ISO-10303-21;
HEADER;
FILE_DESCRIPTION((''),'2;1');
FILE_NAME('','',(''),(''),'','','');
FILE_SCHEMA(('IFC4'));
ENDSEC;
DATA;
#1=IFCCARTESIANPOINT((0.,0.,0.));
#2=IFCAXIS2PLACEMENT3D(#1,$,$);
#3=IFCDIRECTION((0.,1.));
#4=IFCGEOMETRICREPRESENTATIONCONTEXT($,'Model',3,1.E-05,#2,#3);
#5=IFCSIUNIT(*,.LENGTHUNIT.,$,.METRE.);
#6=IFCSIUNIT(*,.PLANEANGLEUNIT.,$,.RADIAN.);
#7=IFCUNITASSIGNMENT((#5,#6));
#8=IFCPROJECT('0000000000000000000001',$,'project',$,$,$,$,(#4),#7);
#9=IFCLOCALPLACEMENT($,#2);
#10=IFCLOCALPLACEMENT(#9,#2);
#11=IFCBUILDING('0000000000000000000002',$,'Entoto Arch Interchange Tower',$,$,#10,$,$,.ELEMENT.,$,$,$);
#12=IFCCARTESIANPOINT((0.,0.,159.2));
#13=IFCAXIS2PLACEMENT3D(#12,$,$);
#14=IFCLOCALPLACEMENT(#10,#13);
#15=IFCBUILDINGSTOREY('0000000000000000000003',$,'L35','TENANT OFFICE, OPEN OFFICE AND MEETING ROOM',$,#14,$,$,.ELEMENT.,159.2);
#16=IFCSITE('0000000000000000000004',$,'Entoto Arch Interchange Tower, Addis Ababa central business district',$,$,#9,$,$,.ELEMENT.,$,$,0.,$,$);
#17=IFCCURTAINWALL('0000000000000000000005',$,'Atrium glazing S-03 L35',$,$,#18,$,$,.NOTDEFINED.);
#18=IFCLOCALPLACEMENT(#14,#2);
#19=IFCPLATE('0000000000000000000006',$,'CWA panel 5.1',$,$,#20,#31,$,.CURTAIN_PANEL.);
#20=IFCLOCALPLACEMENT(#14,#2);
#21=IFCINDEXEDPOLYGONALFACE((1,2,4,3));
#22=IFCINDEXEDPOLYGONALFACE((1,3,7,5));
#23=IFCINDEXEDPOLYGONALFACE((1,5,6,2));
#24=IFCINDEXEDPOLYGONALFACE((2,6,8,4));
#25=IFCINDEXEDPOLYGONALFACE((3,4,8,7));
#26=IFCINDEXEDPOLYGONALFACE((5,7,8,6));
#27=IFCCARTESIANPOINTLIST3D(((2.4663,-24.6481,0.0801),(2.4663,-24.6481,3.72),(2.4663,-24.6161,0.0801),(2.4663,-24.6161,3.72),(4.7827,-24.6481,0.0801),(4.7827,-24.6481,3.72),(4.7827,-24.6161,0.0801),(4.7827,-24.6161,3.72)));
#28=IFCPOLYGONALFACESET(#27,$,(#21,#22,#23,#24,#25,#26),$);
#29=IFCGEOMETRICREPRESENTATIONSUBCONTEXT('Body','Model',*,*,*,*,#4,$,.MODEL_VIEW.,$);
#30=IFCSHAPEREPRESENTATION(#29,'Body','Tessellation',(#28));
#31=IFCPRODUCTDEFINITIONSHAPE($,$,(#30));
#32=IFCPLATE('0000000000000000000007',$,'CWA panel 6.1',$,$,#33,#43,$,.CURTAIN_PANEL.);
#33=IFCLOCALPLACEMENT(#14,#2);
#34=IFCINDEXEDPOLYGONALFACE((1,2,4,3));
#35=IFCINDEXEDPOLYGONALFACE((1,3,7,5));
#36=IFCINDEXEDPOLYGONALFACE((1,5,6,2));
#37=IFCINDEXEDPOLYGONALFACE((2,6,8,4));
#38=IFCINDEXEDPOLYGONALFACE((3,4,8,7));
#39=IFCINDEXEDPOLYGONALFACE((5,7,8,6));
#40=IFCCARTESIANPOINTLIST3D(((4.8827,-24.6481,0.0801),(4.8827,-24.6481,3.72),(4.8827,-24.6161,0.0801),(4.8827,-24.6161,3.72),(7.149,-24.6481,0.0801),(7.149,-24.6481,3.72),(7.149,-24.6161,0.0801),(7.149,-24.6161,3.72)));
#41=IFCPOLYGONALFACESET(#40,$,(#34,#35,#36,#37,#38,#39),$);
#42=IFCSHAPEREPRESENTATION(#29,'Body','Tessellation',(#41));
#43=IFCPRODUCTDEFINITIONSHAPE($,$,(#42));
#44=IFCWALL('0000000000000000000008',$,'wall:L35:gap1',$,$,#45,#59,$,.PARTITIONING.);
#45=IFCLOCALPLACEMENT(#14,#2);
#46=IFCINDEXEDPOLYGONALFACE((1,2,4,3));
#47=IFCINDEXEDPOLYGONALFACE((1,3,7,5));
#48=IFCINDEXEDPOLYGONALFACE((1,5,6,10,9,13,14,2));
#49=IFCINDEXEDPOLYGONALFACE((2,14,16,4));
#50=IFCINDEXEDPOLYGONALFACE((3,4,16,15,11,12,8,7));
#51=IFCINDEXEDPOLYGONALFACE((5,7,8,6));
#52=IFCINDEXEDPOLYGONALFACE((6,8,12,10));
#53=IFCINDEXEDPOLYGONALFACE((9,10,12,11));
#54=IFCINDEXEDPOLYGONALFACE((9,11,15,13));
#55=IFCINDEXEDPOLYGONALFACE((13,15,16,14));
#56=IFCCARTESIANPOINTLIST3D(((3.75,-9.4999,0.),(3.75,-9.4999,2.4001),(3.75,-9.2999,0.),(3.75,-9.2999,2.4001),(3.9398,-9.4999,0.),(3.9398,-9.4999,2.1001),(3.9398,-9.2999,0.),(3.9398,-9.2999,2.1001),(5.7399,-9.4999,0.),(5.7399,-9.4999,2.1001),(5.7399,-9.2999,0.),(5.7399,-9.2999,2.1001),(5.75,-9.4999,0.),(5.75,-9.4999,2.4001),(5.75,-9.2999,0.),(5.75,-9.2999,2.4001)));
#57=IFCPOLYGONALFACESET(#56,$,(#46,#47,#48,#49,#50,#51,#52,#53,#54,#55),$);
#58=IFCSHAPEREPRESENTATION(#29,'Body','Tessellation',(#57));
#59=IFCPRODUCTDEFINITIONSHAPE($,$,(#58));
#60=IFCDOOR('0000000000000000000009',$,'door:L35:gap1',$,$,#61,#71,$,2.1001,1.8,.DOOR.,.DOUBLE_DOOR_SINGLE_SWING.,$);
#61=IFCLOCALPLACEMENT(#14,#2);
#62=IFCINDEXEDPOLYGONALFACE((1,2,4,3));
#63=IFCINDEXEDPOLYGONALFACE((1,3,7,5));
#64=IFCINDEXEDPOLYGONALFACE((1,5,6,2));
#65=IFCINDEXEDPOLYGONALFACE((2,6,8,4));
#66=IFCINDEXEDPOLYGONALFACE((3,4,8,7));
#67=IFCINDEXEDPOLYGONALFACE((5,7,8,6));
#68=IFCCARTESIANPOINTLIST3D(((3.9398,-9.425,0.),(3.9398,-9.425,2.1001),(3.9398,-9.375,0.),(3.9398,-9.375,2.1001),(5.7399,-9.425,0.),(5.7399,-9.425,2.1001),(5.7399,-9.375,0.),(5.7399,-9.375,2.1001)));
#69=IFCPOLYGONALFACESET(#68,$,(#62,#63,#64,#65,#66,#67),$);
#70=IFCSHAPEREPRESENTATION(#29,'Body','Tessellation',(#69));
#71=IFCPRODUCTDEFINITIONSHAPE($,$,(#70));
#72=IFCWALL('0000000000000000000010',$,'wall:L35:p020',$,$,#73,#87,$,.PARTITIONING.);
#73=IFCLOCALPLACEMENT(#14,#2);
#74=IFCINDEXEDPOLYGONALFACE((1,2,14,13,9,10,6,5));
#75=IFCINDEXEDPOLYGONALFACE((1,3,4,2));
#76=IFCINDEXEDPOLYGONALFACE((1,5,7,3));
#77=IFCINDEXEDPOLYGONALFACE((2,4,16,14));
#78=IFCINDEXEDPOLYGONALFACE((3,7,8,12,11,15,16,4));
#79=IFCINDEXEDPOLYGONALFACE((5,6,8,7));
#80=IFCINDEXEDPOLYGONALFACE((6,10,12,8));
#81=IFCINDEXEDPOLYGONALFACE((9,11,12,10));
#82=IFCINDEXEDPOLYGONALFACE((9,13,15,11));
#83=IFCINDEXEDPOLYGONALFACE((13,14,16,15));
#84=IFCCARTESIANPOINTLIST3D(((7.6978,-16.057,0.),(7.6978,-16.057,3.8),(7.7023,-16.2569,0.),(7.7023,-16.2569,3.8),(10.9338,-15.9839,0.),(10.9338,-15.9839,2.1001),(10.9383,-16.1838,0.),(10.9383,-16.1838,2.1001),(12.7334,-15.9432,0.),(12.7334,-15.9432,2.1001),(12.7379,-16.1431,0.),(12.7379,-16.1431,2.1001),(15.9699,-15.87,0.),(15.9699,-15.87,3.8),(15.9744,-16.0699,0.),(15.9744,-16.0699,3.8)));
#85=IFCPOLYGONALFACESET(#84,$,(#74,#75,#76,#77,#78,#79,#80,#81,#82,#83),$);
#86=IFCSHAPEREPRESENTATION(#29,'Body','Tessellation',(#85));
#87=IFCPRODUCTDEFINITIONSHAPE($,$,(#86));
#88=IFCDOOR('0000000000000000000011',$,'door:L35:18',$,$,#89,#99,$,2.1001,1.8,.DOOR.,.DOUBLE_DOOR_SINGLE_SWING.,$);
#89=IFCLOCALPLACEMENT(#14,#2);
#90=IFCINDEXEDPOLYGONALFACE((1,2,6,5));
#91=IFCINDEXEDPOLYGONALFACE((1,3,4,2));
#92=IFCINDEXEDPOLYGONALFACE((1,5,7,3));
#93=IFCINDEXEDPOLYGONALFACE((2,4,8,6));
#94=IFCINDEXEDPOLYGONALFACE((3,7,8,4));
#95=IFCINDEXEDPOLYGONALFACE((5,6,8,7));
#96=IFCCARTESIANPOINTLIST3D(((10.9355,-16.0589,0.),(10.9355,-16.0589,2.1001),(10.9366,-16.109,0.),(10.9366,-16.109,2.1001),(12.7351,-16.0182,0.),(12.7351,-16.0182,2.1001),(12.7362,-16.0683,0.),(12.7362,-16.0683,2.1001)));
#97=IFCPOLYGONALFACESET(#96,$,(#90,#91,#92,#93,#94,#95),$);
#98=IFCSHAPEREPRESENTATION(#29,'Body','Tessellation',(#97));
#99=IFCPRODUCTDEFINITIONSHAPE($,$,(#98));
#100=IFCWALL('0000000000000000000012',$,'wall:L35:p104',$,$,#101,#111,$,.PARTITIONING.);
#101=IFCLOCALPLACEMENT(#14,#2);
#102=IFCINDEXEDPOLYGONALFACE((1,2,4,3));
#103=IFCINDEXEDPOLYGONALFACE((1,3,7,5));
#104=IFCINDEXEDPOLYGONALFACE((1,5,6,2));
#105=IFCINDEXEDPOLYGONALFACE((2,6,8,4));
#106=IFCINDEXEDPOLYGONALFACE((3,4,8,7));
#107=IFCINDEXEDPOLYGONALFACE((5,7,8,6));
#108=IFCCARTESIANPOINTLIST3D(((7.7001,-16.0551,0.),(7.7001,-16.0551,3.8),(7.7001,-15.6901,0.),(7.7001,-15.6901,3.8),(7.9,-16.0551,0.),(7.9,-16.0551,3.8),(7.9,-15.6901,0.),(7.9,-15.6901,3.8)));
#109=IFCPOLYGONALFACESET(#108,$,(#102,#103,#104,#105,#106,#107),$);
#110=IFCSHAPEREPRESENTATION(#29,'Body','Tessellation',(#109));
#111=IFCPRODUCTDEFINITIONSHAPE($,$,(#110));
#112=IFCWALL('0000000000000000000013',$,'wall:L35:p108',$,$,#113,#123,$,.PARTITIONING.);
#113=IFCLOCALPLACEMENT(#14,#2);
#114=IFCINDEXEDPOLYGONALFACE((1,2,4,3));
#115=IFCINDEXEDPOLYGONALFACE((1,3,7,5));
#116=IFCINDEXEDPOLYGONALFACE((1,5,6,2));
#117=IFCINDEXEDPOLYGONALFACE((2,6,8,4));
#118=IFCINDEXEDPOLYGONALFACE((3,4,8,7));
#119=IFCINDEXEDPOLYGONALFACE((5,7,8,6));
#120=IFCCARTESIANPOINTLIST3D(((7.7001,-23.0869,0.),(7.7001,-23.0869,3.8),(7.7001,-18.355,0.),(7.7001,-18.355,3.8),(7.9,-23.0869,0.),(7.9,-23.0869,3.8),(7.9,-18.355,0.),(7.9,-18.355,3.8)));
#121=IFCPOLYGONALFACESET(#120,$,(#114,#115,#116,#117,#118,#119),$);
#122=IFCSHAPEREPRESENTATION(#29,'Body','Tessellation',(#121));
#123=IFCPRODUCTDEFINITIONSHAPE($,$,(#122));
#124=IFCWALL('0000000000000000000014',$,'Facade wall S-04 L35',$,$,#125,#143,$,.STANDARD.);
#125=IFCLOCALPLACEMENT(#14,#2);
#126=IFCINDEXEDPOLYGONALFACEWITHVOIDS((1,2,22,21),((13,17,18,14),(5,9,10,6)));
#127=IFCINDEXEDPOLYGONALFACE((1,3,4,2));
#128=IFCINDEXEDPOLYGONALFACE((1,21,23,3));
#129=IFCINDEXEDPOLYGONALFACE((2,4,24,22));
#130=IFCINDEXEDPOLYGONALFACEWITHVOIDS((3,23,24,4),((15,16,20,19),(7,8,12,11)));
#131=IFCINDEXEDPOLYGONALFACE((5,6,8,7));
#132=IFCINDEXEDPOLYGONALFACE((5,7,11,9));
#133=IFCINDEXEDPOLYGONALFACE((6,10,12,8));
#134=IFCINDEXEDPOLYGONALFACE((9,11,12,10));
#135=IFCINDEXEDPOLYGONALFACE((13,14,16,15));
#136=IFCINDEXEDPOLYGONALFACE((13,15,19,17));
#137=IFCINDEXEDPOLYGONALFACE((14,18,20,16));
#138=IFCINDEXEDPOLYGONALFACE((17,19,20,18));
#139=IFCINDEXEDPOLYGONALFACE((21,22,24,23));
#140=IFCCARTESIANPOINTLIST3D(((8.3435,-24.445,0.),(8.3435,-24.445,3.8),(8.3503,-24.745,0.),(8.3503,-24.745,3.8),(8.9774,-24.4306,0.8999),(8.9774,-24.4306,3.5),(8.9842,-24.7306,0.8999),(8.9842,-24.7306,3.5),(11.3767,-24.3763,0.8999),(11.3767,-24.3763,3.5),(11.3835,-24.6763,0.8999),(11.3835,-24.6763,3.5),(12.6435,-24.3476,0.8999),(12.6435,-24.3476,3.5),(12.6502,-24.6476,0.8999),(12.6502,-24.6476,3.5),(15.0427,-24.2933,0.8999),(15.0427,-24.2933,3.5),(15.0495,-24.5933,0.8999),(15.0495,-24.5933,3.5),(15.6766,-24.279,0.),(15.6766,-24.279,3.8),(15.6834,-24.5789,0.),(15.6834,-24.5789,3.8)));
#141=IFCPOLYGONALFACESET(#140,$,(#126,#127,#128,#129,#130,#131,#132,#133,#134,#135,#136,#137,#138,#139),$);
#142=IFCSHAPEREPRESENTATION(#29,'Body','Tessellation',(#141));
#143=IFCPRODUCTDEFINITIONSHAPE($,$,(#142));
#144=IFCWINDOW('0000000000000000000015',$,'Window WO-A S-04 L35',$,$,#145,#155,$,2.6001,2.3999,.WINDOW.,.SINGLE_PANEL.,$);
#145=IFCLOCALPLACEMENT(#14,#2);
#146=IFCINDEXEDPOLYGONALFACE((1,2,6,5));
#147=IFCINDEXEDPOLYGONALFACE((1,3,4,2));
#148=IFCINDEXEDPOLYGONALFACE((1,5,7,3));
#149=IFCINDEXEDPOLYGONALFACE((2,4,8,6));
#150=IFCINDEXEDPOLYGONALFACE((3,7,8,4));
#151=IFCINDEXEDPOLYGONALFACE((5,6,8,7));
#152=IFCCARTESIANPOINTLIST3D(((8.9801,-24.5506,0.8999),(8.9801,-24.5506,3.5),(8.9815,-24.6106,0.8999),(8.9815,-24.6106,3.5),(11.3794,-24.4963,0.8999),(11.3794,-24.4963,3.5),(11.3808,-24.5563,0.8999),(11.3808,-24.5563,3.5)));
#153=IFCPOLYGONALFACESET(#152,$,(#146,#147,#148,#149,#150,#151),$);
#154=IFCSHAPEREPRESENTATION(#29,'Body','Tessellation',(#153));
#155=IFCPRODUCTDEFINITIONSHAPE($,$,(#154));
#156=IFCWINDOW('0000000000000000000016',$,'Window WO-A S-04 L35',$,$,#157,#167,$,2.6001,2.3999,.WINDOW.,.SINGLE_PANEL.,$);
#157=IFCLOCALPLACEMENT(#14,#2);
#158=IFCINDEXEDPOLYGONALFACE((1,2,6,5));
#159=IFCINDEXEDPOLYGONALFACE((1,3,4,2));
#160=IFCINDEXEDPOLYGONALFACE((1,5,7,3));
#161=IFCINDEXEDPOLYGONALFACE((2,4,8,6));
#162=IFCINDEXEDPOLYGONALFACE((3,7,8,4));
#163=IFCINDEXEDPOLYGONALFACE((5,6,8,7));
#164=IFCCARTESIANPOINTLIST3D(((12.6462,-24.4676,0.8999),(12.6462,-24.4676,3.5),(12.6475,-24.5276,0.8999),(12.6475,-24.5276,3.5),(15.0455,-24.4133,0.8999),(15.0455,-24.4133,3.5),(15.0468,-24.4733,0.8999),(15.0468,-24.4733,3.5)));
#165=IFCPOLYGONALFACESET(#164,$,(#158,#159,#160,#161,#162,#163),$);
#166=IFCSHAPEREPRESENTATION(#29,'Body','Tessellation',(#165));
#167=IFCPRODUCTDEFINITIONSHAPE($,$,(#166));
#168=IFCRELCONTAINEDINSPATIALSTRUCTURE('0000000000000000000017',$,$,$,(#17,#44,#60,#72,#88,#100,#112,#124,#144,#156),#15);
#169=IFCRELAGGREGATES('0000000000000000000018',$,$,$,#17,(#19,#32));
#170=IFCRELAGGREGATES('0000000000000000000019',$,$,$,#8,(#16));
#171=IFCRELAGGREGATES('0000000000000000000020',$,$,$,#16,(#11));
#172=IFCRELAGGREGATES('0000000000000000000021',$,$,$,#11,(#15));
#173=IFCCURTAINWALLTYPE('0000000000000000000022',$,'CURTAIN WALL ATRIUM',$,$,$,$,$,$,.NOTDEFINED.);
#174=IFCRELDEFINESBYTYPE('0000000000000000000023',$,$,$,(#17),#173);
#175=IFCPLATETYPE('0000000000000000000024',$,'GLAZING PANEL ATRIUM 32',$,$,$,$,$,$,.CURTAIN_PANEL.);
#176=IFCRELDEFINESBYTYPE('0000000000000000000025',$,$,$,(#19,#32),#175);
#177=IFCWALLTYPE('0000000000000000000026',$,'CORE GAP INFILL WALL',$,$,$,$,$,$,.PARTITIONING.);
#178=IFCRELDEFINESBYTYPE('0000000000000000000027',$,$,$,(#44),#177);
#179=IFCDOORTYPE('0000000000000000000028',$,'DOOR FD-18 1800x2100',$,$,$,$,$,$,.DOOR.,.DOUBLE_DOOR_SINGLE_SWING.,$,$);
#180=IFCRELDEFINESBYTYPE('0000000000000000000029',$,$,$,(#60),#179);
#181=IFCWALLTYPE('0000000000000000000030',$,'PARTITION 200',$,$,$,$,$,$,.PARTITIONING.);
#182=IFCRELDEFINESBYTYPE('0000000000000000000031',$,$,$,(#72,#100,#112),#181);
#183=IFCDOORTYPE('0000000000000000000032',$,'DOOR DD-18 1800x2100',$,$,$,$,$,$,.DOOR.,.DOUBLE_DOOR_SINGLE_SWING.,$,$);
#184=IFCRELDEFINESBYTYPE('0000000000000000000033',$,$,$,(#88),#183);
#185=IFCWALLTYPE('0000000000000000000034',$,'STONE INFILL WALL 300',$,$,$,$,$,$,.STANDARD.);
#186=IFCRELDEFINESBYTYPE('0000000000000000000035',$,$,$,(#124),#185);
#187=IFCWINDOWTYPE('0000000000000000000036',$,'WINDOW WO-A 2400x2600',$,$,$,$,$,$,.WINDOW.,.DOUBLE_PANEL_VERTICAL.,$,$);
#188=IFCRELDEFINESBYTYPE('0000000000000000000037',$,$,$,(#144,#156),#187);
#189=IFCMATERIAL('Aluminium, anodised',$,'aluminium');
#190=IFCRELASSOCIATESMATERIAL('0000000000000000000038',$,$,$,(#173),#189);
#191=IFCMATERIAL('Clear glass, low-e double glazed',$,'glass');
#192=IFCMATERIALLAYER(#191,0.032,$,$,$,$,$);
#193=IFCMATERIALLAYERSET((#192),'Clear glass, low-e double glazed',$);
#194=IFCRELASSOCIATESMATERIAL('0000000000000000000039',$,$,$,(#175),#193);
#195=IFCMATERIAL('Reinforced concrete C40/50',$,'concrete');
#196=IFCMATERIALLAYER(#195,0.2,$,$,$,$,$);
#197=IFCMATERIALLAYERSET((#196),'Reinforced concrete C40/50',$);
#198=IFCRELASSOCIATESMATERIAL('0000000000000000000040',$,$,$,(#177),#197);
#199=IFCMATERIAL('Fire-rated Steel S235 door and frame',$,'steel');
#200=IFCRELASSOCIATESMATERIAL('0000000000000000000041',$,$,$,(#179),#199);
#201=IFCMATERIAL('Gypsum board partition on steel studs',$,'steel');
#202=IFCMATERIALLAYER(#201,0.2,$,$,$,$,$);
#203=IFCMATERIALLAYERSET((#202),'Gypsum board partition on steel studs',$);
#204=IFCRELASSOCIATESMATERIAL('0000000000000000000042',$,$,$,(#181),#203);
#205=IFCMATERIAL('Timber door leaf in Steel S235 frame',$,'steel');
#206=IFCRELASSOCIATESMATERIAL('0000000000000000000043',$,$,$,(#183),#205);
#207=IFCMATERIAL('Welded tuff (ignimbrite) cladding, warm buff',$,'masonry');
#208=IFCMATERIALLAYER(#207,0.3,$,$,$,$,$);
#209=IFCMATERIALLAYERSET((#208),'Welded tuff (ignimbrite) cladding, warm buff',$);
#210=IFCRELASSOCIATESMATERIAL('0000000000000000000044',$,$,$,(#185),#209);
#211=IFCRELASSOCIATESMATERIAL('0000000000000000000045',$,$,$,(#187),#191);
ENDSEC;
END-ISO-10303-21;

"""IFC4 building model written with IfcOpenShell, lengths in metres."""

from ifc_helpers import new_model, si_unit, direction, frame, frame_2d, origin, origin_2d, place, context, subcontext, project, spatial, rectangle, extrude, material, layer, layer_set, type_object, element, fill, aggregate, save


model = new_model("IFC4")

# Units and contexts
model_context = context("Model", 3, precision=1e-05, world=origin(), true_north=direction((0.0, 1.0)))
body_context = subcontext(model_context, "Body", "Model", "MODEL_VIEW")
ifc_project = project(units=[si_unit("LENGTHUNIT", "METRE"), si_unit("PLANEANGLEUNIT", "RADIAN")], contexts=[model_context])

# Site, building, storey
site_placement = place(None, origin())
site = spatial("IfcSite", under=ifc_project, at=site_placement, Name="Entoto Arch Interchange Tower, Addis Ababa central business district", CompositionType="ELEMENT", RefElevation=0.0)
building_placement = place(site_placement, origin())
building = spatial("IfcBuilding", under=site, at=building_placement, Name="Entoto Arch Interchange Tower", CompositionType="ELEMENT")
storey_placement = place(building_placement, frame((0.0, 0.0, 159.2)))
storey = spatial("IfcBuildingStorey", under=building, at=storey_placement, Name="L35", Description="TENANT OFFICE, OPEN OFFICE AND MEETING ROOM", CompositionType="ELEMENT", Elevation=159.2)

# Curtain wall, plates
ifc_material_1 = material(Name="Aluminium, anodised", Category="aluminium")
curtain_wall_type = type_object("IfcCurtainWallType", Name="CURTAIN WALL ATRIUM", PredefinedType="NOTDEFINED", material=ifc_material_1)
curtain_wall_placement = place(storey_placement, origin())
curtain_wall = element("IfcCurtainWall", 1, at=curtain_wall_placement, inside=storey, type_object=curtain_wall_type, Name="Atrium glazing S-03 L35", PredefinedType="NOTDEFINED")
ifc_material_2 = material(Name="Clear glass, low-e double glazed", Category="glass")
ifc_layer_1 = layer(ifc_material_2, 0.032)
ifc_layer_set_1 = layer_set([ifc_layer_1], Name="Clear glass, low-e double glazed")
plate_type = type_object("IfcPlateType", Name="GLAZING PANEL ATRIUM 32", PredefinedType="CURTAIN_PANEL", material=ifc_layer_set_1)
plate_1_placement = place(storey_placement, frame((3.6245, -24.6321, 0.0801), z_axis=(0.0, 0.0, 1.0), x_axis=(1.0, 0.0, 0.0)))
plate_1 = element("IfcPlate", 2, at=plate_1_placement, type_object=plate_type, Name="CWA panel 5.1", PredefinedType="CURTAIN_PANEL", context=body_context, shape_type="SweptSolid", body=[
    extrude(rectangle(XDim=2.3164, YDim=0.032, at=origin_2d()), origin(), (0.0, 0.0, 1.0), 3.6399),
])
plate_2_placement = place(storey_placement, frame((6.0159, -24.6321, 0.0801), z_axis=(0.0, 0.0, 1.0), x_axis=(1.0, 0.0, 0.0)))
plate_2 = element("IfcPlate", 3, at=plate_2_placement, type_object=plate_type, Name="CWA panel 6.1", PredefinedType="CURTAIN_PANEL", context=body_context, shape_type="SweptSolid", body=[
    extrude(rectangle(XDim=2.2664, YDim=0.032, at=origin_2d()), origin(), (0.0, 0.0, 1.0), 3.6399),
])
aggregate(curtain_wall, [plate_1, plate_2])

# Walls, openings, doors
ifc_material_3 = material(Name="Reinforced concrete C40/50", Category="concrete")
ifc_layer_2 = layer(ifc_material_3, 0.2)
ifc_layer_set_2 = layer_set([ifc_layer_2], Name="Reinforced concrete C40/50")
wall_type_1 = type_object("IfcWallType", Name="CORE GAP INFILL WALL", PredefinedType="PARTITIONING", material=ifc_layer_set_2)
wall_1_placement = place(storey_placement, frame((3.75, -9.3999, 0.0), z_axis=(0.0, 0.0, 1.0), x_axis=(1.0, 0.0, 0.0)))
wall_1 = element("IfcWall", 4, at=wall_1_placement, inside=storey, type_object=wall_type_1, Name="wall:L35:gap1", PredefinedType="PARTITIONING", context=body_context, shape_type="SweptSolid", body=[
    extrude(rectangle(XDim=2.0, YDim=0.2, at=frame_2d((1.0, 0.0))), origin(), (0.0, 0.0, 1.0), 2.4001),
])
opening_1_placement = place(wall_1_placement, frame((0.1899, 0.0, 0.0)))
opening_1 = element("IfcOpeningElement", 5, at=opening_1_placement, cuts=wall_1, PredefinedType="OPENING", context=body_context, shape_type="SweptSolid", body=[
    extrude(rectangle(XDim=1.8, YDim=2.1001, at=frame_2d((0.8999, 1.05))), frame((0.0, 0.1099, 0.0), z_axis=(0.0, -1.0, 0.0), x_axis=(1.0, 0.0, 0.0)), (0.0, 0.0, 1.0), 0.22),
])
ifc_material_4 = material(Name="Fire-rated Steel S235 door and frame", Category="steel")
door_type_1 = type_object("IfcDoorType", Name="DOOR FD-18 1800x2100", OperationType="DOUBLE_DOOR_SINGLE_SWING", PredefinedType="DOOR", material=ifc_material_4)
door_1_placement = place(opening_1_placement, origin())
door_1 = element("IfcDoor", 6, at=door_1_placement, inside=storey, type_object=door_type_1, Name="door:L35:gap1", OperationType="DOUBLE_DOOR_SINGLE_SWING", OverallHeight=2.1001, OverallWidth=1.8, PredefinedType="DOOR", context=body_context, shape_type="SweptSolid", body=[
    extrude(rectangle(XDim=1.8, YDim=2.1001, at=frame_2d((0.8999, 1.05))), frame((0.0, 0.0249, 0.0), z_axis=(0.0, -1.0, 0.0), x_axis=(1.0, 0.0, 0.0)), (0.0, 0.0, 1.0), 0.05),
])
fill(opening_1, door_1)
ifc_material_5 = material(Name="Gypsum board partition on steel studs", Category="steel")
ifc_layer_3 = layer(ifc_material_5, 0.2)
ifc_layer_set_3 = layer_set([ifc_layer_3], Name="Gypsum board partition on steel studs")
wall_type_2 = type_object("IfcWallType", Name="PARTITION 200", PredefinedType="PARTITIONING", material=ifc_layer_set_3)
wall_2_placement = place(storey_placement, frame((7.7, -16.157, 0.0), z_axis=(0.0, 0.0, 1.0), x_axis=(0.999745, 0.022602, 0.0)))
wall_2 = element("IfcWall", 7, at=wall_2_placement, inside=storey, type_object=wall_type_2, Name="wall:L35:p020", PredefinedType="PARTITIONING", context=body_context, shape_type="SweptSolid", body=[
    extrude(rectangle(XDim=8.2742, YDim=0.2, at=frame_2d((4.1372, 0.0))), origin(), (0.0, 0.0, 1.0), 3.8),
])
opening_2_placement = place(wall_2_placement, frame((3.2371, 0.0, 0.0)))
opening_2 = element("IfcOpeningElement", 8, at=opening_2_placement, cuts=wall_2, PredefinedType="OPENING", context=body_context, shape_type="SweptSolid", body=[
    extrude(rectangle(XDim=1.8, YDim=2.1001, at=frame_2d((0.8999, 1.05))), frame((0.0, 0.1099, 0.0), z_axis=(0.0, -1.0, 0.0), x_axis=(1.0, 0.0, 0.0)), (0.0, 0.0, 1.0), 0.22),
])
ifc_material_6 = material(Name="Timber door leaf in Steel S235 frame", Category="steel")
door_type_2 = type_object("IfcDoorType", Name="DOOR DD-18 1800x2100", OperationType="DOUBLE_DOOR_SINGLE_SWING", PredefinedType="DOOR", material=ifc_material_6)
door_2_placement = place(opening_2_placement, origin())
door_2 = element("IfcDoor", 9, at=door_2_placement, inside=storey, type_object=door_type_2, Name="door:L35:18", OperationType="DOUBLE_DOOR_SINGLE_SWING", OverallHeight=2.1001, OverallWidth=1.8, PredefinedType="DOOR", context=body_context, shape_type="SweptSolid", body=[
    extrude(rectangle(XDim=1.8, YDim=2.1001, at=frame_2d((0.8999, 1.05))), frame((0.0, 0.0249, 0.0), z_axis=(0.0, -1.0, 0.0), x_axis=(1.0, 0.0, 0.0)), (0.0, 0.0, 1.0), 0.05),
])
fill(opening_2, door_2)

# Walls
wall_3_placement = place(storey_placement, frame((7.8, -15.6899, 0.0), z_axis=(0.0, 0.0, 1.0), x_axis=(0.0, -1.0, 0.0)))
element("IfcWall", 10, at=wall_3_placement, inside=storey, type_object=wall_type_2, Name="wall:L35:p104", PredefinedType="PARTITIONING", context=body_context, shape_type="SweptSolid", body=[
    extrude(rectangle(XDim=0.365, YDim=0.2, at=frame_2d((0.1826, 0.0))), origin(), (0.0, 0.0, 1.0), 3.8),
])
wall_4_placement = place(storey_placement, frame((7.8, -18.355, 0.0), z_axis=(0.0, 0.0, 1.0), x_axis=(0.0, -1.0, 0.0)))
element("IfcWall", 11, at=wall_4_placement, inside=storey, type_object=wall_type_2, Name="wall:L35:p108", PredefinedType="PARTITIONING", context=body_context, shape_type="SweptSolid", body=[
    extrude(rectangle(XDim=4.7319, YDim=0.2, at=frame_2d((2.366, 0.0))), origin(), (0.0, 0.0, 1.0), 3.8),
])

# Wall, openings, windows
ifc_material_7 = material(Name="Welded tuff (ignimbrite) cladding, warm buff", Category="masonry")
ifc_layer_4 = layer(ifc_material_7, 0.3)
ifc_layer_set_4 = layer_set([ifc_layer_4], Name="Welded tuff (ignimbrite) cladding, warm buff")
wall_type_3 = type_object("IfcWallType", Name="STONE INFILL WALL 300", PredefinedType="STANDARD", material=ifc_layer_set_4)
wall_5_placement = place(storey_placement, frame((8.3469, -24.595, 0.0), z_axis=(0.0, 0.0, 1.0), x_axis=(0.999744, 0.022634, 0.0)))
wall_5 = element("IfcWall", 12, at=wall_5_placement, inside=storey, type_object=wall_type_3, Name="Facade wall S-04 L35", PredefinedType="STANDARD", context=body_context, shape_type="SweptSolid", body=[
    extrude(rectangle(XDim=7.335, YDim=0.3, at=frame_2d((3.6675, 0.0))), origin(), (0.0, 0.0, 1.0), 3.8),
])
opening_3_placement = place(wall_5_placement, frame((0.634, 0.0, 0.8999)))
opening_3 = element("IfcOpeningElement", 13, at=opening_3_placement, cuts=wall_5, PredefinedType="OPENING", context=body_context, shape_type="SweptSolid", body=[
    extrude(rectangle(XDim=2.3999, YDim=2.6001, at=frame_2d((1.2, 1.3))), frame((0.0, 0.1602, 0.0), z_axis=(0.0, -1.0, 0.0), x_axis=(1.0, 0.0, 0.0)), (0.0, 0.0, 1.0), 0.3201),
])
opening_4_placement = place(wall_5_placement, frame((4.301, 0.0, 0.8999)))
opening_4 = element("IfcOpeningElement", 14, at=opening_4_placement, cuts=wall_5, PredefinedType="OPENING", context=body_context, shape_type="SweptSolid", body=[
    extrude(rectangle(XDim=2.3999, YDim=2.6001, at=frame_2d((1.2, 1.3))), frame((0.0, 0.1602, 0.0), z_axis=(0.0, -1.0, 0.0), x_axis=(1.0, 0.0, 0.0)), (0.0, 0.0, 1.0), 0.3201),
])
window_type = type_object("IfcWindowType", Name="WINDOW WO-A 2400x2600", PartitioningType="DOUBLE_PANEL_VERTICAL", PredefinedType="WINDOW", material=ifc_material_2)
window_1_placement = place(opening_3_placement, origin())
window_1 = element("IfcWindow", 15, at=window_1_placement, inside=storey, type_object=window_type, Name="Window WO-A S-04 L35", OverallHeight=2.6001, OverallWidth=2.3999, PartitioningType="SINGLE_PANEL", PredefinedType="WINDOW", context=body_context, shape_type="SweptSolid", body=[
    extrude(rectangle(XDim=2.3999, YDim=2.6001, at=frame_2d((1.2, 1.3))), frame((0.0, 0.03, 0.0), z_axis=(0.0, -1.0, 0.0), x_axis=(1.0, 0.0, 0.0)), (0.0, 0.0, 1.0), 0.0601),
])
fill(opening_3, window_1)
window_2_placement = place(opening_4_placement, origin())
window_2 = element("IfcWindow", 16, at=window_2_placement, inside=storey, type_object=window_type, Name="Window WO-A S-04 L35", OverallHeight=2.6001, OverallWidth=2.3999, PartitioningType="SINGLE_PANEL", PredefinedType="WINDOW", context=body_context, shape_type="SweptSolid", body=[
    extrude(rectangle(XDim=2.3999, YDim=2.6001, at=frame_2d((1.2, 1.3))), frame((0.0, 0.03, 0.0), z_axis=(0.0, -1.0, 0.0), x_axis=(1.0, 0.0, 0.0)), (0.0, 0.0, 1.0), 0.0601),
])
fill(opening_4, window_2)

save(model, "model.ifc")
